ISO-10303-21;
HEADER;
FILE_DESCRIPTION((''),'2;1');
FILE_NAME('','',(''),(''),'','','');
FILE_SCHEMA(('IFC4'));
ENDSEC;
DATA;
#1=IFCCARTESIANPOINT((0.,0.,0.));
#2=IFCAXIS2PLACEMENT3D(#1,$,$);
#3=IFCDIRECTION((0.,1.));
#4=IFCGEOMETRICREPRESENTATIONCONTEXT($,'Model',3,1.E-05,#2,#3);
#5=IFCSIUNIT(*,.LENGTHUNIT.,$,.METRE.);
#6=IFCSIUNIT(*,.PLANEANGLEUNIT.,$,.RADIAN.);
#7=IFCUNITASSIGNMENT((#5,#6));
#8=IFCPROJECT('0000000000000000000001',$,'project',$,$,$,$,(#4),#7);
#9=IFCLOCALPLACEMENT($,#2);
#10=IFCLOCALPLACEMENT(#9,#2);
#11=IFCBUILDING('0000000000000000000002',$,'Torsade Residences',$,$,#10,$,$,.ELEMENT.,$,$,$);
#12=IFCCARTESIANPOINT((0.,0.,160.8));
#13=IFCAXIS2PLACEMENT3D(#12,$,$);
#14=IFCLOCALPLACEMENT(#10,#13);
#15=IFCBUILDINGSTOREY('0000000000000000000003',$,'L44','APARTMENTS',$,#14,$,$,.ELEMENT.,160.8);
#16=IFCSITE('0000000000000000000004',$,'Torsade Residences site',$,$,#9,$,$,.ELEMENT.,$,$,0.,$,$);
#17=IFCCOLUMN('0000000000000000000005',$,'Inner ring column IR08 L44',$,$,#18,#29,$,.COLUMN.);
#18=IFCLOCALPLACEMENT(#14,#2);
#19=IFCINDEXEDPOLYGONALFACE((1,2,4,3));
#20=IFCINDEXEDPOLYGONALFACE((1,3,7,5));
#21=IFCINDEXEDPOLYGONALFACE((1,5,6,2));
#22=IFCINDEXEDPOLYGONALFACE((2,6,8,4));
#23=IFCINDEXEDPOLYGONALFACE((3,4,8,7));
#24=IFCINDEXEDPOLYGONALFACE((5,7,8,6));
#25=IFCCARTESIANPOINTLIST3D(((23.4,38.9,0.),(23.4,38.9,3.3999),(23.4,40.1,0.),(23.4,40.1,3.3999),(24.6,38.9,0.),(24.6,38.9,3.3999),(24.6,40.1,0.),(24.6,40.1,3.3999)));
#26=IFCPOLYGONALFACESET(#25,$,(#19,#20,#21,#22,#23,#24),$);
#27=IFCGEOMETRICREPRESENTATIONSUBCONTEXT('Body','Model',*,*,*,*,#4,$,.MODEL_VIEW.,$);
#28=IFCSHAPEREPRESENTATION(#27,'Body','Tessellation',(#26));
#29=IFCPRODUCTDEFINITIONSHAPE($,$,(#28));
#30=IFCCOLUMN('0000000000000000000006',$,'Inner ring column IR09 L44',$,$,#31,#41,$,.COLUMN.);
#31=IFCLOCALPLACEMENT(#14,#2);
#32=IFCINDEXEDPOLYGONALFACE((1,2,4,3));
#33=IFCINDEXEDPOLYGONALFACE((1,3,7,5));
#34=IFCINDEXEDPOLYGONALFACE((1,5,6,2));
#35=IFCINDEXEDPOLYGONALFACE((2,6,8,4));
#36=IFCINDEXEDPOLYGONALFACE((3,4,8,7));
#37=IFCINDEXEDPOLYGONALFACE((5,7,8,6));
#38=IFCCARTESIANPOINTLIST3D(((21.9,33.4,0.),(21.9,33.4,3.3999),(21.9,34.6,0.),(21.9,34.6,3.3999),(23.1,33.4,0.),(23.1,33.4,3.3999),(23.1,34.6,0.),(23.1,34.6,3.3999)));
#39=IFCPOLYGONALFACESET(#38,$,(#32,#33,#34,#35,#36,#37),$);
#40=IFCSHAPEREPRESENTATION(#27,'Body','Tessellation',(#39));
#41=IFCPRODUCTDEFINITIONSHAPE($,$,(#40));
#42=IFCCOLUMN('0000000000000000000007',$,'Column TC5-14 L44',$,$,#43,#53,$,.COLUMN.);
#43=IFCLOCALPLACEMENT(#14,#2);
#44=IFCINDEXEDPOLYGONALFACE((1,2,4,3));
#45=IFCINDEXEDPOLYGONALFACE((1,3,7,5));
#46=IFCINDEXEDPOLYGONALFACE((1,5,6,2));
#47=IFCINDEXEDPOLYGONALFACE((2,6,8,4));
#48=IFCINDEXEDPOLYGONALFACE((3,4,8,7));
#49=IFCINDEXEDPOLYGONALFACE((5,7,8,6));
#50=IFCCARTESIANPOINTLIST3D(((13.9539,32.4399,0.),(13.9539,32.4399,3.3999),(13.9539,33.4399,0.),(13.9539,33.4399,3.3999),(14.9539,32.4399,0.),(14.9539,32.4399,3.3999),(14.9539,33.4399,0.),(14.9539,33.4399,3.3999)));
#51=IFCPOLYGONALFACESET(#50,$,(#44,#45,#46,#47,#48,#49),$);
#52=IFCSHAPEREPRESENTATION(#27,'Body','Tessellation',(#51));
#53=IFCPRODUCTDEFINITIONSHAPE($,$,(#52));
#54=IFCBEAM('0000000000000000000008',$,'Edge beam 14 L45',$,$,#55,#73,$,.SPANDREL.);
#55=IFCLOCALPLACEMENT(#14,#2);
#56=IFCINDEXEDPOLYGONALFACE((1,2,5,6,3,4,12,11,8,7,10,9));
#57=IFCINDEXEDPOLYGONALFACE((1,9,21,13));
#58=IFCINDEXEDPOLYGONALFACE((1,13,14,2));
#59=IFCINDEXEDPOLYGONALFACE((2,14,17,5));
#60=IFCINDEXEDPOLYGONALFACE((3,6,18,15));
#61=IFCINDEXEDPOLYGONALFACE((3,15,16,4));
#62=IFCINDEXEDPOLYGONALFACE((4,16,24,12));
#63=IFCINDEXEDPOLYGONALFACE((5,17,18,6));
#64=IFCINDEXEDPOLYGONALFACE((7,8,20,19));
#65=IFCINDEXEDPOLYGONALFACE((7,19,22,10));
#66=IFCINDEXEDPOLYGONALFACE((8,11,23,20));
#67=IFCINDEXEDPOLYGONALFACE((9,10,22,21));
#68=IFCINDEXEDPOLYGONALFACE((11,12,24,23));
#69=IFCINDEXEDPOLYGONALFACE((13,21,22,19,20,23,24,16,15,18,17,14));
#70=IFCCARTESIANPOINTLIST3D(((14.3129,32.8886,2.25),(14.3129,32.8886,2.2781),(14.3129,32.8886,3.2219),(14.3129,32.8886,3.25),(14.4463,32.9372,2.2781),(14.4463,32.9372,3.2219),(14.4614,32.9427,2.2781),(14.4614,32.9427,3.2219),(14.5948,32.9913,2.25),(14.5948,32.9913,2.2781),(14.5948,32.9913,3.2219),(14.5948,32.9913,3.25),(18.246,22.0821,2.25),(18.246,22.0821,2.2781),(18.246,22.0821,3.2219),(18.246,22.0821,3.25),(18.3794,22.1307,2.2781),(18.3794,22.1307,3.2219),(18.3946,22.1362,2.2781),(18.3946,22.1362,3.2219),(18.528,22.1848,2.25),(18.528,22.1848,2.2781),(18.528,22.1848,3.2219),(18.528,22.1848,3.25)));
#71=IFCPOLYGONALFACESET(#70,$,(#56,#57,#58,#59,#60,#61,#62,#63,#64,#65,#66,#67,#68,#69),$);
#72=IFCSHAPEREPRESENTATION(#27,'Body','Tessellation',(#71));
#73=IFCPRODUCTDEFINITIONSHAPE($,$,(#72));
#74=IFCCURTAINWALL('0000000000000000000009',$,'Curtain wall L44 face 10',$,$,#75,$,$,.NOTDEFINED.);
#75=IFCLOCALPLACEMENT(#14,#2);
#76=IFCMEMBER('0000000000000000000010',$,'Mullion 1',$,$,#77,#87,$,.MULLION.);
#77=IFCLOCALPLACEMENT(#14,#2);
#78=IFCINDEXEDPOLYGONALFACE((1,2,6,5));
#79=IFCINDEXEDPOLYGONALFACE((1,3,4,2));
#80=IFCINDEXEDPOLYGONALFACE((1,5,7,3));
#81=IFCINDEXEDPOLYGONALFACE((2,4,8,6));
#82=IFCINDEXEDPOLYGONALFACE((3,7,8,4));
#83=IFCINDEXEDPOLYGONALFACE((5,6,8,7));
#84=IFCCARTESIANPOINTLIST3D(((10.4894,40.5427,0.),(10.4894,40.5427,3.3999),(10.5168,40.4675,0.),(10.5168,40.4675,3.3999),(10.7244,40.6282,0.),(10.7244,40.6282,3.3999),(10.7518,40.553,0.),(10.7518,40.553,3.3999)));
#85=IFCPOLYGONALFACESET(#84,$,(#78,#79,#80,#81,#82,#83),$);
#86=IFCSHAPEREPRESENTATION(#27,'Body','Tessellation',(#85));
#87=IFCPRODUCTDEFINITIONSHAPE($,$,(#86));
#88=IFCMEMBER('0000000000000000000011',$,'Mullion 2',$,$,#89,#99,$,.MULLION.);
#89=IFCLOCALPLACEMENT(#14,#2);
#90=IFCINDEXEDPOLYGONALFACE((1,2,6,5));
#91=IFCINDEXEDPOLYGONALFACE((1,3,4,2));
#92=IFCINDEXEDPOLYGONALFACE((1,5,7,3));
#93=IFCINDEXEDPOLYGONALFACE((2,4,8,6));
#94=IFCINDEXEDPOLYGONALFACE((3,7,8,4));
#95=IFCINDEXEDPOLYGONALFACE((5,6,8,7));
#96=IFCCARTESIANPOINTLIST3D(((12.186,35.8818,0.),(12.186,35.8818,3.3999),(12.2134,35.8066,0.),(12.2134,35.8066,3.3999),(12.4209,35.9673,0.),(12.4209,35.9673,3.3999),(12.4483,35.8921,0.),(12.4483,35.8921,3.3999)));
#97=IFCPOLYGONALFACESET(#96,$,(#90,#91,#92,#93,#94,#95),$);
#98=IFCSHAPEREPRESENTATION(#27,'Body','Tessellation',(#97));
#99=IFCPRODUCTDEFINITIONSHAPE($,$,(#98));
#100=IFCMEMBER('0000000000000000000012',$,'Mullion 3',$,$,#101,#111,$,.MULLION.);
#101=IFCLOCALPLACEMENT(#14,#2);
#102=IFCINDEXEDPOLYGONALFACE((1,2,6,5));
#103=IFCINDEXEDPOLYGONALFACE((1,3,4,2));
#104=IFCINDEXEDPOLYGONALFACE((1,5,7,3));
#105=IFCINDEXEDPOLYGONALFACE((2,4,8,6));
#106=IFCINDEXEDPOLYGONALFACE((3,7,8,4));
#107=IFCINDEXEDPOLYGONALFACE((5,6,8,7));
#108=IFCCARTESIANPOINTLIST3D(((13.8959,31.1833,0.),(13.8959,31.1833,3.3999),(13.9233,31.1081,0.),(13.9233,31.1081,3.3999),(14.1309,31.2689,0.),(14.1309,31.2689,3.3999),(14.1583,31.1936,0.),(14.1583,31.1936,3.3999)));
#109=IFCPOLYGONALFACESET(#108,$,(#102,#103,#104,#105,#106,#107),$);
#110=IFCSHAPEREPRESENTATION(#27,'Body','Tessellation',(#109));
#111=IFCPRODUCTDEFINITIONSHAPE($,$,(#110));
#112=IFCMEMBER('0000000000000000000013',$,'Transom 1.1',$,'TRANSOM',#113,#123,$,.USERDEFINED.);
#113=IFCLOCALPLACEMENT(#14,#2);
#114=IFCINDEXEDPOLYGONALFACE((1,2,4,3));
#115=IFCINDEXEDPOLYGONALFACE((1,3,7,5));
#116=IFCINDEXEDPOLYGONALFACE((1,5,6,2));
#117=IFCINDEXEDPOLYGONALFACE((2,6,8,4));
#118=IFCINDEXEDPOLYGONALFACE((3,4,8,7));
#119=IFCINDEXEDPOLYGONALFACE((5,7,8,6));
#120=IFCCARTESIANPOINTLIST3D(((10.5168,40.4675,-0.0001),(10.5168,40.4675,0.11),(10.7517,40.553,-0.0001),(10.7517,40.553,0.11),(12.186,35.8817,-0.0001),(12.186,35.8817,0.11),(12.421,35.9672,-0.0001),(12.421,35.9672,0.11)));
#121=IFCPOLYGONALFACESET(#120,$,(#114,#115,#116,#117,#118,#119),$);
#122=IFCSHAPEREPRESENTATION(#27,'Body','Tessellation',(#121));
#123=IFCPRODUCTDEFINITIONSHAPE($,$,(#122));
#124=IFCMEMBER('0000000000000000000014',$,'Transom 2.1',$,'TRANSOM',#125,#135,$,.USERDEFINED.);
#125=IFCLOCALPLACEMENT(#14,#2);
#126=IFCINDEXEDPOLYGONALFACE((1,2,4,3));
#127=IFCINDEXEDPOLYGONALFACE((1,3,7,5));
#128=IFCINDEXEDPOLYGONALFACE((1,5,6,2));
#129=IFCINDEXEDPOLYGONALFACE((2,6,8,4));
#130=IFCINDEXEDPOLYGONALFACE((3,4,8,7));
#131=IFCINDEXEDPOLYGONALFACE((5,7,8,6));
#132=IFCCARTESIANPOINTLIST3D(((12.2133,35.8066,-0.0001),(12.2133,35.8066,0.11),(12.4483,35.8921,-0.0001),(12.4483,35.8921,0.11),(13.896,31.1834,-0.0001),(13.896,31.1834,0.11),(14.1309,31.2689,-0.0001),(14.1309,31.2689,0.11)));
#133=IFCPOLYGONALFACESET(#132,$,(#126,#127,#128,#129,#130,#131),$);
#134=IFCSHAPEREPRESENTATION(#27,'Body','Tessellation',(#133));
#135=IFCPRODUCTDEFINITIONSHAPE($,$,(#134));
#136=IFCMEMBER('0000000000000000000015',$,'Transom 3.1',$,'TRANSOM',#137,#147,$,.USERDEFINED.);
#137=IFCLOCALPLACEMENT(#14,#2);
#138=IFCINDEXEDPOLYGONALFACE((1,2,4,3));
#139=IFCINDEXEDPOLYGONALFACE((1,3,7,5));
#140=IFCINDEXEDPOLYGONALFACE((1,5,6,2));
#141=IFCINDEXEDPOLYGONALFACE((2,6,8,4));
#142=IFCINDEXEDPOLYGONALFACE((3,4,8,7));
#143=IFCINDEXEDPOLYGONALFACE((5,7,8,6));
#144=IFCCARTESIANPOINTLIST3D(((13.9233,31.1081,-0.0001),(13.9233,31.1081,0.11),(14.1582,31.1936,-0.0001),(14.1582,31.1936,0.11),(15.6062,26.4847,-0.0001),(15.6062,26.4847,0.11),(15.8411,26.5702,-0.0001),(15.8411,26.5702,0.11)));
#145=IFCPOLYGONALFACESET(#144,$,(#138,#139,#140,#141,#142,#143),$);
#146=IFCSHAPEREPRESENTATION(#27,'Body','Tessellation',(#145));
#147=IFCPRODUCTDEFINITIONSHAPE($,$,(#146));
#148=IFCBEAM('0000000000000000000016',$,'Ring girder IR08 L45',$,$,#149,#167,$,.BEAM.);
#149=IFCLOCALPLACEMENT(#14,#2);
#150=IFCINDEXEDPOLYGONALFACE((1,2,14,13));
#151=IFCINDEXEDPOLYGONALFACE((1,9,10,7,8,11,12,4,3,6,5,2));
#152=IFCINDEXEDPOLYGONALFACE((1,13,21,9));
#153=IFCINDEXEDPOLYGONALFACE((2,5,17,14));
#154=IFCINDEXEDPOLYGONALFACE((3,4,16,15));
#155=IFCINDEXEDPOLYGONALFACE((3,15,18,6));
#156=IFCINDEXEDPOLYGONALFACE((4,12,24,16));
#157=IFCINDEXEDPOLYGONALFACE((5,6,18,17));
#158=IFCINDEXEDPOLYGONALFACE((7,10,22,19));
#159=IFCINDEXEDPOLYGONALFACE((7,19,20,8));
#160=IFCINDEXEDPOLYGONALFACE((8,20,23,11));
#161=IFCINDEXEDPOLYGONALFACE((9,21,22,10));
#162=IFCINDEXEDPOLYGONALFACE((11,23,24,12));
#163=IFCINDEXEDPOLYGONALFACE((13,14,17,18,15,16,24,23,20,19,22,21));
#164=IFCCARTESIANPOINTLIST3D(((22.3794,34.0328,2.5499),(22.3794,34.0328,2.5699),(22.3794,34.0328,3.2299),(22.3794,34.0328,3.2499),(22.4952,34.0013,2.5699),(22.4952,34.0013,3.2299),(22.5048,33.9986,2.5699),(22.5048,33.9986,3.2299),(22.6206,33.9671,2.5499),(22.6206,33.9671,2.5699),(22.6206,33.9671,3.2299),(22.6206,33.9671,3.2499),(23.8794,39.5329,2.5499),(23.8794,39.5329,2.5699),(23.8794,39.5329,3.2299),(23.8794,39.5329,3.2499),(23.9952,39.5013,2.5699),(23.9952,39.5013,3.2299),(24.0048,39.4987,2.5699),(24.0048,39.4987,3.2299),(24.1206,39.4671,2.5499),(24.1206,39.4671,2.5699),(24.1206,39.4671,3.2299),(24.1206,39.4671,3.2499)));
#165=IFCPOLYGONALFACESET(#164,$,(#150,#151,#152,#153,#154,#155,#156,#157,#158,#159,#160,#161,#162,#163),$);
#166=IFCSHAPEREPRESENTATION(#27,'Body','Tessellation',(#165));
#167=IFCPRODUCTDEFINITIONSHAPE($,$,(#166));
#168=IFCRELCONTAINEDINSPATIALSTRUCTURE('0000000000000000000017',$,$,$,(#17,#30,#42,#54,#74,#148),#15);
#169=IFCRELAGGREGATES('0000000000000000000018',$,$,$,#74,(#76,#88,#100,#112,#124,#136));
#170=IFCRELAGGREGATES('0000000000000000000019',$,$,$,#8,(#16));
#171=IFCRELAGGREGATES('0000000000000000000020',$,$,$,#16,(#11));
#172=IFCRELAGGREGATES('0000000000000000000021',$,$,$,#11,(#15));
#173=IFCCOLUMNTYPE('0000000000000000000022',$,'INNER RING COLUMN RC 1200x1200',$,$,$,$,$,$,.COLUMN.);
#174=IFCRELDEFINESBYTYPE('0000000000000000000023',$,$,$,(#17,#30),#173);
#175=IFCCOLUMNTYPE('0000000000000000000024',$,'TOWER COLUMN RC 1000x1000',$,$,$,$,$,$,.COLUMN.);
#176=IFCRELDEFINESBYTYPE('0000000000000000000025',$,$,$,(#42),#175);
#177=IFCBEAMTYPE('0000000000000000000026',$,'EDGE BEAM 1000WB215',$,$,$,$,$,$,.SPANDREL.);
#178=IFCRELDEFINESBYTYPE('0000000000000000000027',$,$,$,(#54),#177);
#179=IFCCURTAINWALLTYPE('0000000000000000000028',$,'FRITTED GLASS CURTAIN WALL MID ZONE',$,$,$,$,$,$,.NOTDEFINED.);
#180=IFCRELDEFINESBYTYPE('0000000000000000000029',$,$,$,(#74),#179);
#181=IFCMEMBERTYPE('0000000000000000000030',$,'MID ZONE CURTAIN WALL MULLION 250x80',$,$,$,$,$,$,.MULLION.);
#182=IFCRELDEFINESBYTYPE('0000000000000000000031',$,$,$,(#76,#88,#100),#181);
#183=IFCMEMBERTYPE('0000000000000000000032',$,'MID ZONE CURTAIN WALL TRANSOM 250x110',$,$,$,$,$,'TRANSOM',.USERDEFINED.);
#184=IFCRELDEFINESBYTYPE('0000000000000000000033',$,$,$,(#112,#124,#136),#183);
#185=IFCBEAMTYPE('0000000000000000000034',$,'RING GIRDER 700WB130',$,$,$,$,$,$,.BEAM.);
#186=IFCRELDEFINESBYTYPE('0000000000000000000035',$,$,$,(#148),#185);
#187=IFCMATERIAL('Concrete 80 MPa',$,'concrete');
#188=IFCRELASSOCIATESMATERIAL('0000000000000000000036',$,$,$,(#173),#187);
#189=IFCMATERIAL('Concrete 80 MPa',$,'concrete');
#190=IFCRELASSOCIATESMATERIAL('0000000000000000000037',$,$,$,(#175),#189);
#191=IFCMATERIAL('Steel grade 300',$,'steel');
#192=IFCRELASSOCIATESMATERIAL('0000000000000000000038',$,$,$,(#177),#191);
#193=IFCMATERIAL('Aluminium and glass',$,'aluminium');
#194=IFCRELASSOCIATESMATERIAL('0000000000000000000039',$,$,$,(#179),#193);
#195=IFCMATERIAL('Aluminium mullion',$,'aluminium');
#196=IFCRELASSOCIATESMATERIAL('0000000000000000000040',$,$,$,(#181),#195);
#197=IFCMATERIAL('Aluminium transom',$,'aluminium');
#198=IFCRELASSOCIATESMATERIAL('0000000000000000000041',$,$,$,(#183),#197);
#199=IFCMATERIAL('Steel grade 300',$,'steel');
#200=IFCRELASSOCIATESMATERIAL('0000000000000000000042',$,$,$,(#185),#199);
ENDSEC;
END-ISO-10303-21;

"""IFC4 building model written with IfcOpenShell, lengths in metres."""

from ifc_helpers import new_model, si_unit, direction, frame, origin, origin_2d, place, context, subcontext, project, spatial, rectangle, i_section, extrude, material, material_profile, profile_set, type_object, element, aggregate, save


model = new_model("IFC4")

# Units and contexts
model_context = context("Model", 3, precision=1e-05, world=origin(), true_north=direction((0.0, 1.0)))
body_context = subcontext(model_context, "Body", "Model", "MODEL_VIEW")
ifc_project = project(units=[si_unit("LENGTHUNIT", "METRE"), si_unit("PLANEANGLEUNIT", "RADIAN")], contexts=[model_context])

# Site, building, storey
site_placement = place(None, origin())
site = spatial("IfcSite", under=ifc_project, at=site_placement, Name="Torsade Residences site", CompositionType="ELEMENT", RefElevation=0.0)
building_placement = place(site_placement, origin())
building = spatial("IfcBuilding", under=site, at=building_placement, Name="Torsade Residences", CompositionType="ELEMENT")
storey_placement = place(building_placement, frame((0.0, 0.0, 160.8)))
storey = spatial("IfcBuildingStorey", under=building, at=storey_placement, Name="L44", Description="APARTMENTS", CompositionType="ELEMENT", Elevation=160.8)

# Columns
ifc_material_1 = material(Name="Concrete 80 MPa", Category="concrete")
ifc_material_profile_1 = material_profile(ifc_material_1, rectangle(XDim=1.2, YDim=1.2, at=origin_2d()), Name="RC 1200x1200")
ifc_profile_set_1 = profile_set([ifc_material_profile_1], Name="Concrete 80 MPa")
column_type_1 = type_object("IfcColumnType", Name="INNER RING COLUMN RC 1200x1200", PredefinedType="COLUMN", material=ifc_profile_set_1)
for number, where, z_axis, x_axis, name in (
    (1, (24.0, 39.5, 0.0), (0.0, 0.0, 1.0), (1.0, 0.0, 0.0), "Inner ring column IR08 L44"),
    (2, (22.5, 34.0, 0.0), (0.0, 0.0, 1.0), (1.0, 0.0, 0.0), "Inner ring column IR09 L44"),
):
    element("IfcColumn", number, at=place(storey_placement, frame(where, z_axis=z_axis, x_axis=x_axis)), inside=storey, type_object=column_type_1, Name=name, PredefinedType="COLUMN", context=body_context, shape_type="SweptSolid", body=[
        extrude(rectangle(XDim=1.2, YDim=1.2, at=origin_2d()), origin(), (0.0, 0.0, 1.0), 3.3999),
    ])
ifc_material_2 = material(Name="Concrete 80 MPa", Category="concrete")
ifc_material_profile_2 = material_profile(ifc_material_2, rectangle(XDim=1.0, YDim=1.0, at=origin_2d()), Name="RC 1000x1000")
ifc_profile_set_2 = profile_set([ifc_material_profile_2], Name="Concrete 80 MPa")
column_type_2 = type_object("IfcColumnType", Name="TOWER COLUMN RC 1000x1000", PredefinedType="COLUMN", material=ifc_profile_set_2)
column_placement = place(storey_placement, frame((14.4539, 32.9399, 0.0), z_axis=(0.0, 0.0, 1.0), x_axis=(1.0, 0.0, 0.0)))
element("IfcColumn", 3, at=column_placement, inside=storey, type_object=column_type_2, Name="Column TC5-14 L44", PredefinedType="COLUMN", context=body_context, shape_type="SweptSolid", body=[
    extrude(rectangle(XDim=1.0, YDim=1.0, at=origin_2d()), origin(), (0.0, 0.0, 1.0), 3.3999),
])

# Beam
ifc_material_3 = material(Name="Steel grade 300", Category="steel")
ifc_material_profile_3 = material_profile(ifc_material_3, i_section(OverallWidth=0.3, OverallDepth=1.0, WebThickness=0.0161, FlangeThickness=0.0281, at=origin_2d()), Name="1000WB215")
ifc_profile_set_3 = profile_set([ifc_material_profile_3], Name="Steel grade 300")
beam_type_1 = type_object("IfcBeamType", Name="EDGE BEAM 1000WB215", PredefinedType="SPANDREL", material=ifc_profile_set_3)
beam_1_placement = place(storey_placement, frame((14.4539, 32.9399, 2.75), z_axis=(0.342012, -0.939695, 0.0), x_axis=(0.939695, 0.342012, 0.0)))
element("IfcBeam", 4, at=beam_1_placement, inside=storey, type_object=beam_type_1, Name="Edge beam 14 L45", PredefinedType="SPANDREL", context=body_context, shape_type="SweptSolid", body=[
    extrude(i_section(OverallWidth=0.3, OverallDepth=1.0, WebThickness=0.0161, FlangeThickness=0.0281, at=origin_2d()), origin(), (0.0, 0.0, 1.0), 11.5),
])

# Curtain wall, members
ifc_material_4 = material(Name="Aluminium and glass", Category="aluminium")
curtain_wall_type = type_object("IfcCurtainWallType", Name="FRITTED GLASS CURTAIN WALL MID ZONE", PredefinedType="NOTDEFINED", material=ifc_material_4)
curtain_wall_placement = place(storey_placement, origin())
curtain_wall = element("IfcCurtainWall", 5, at=curtain_wall_placement, inside=storey, type_object=curtain_wall_type, Name="Curtain wall L44 face 10", PredefinedType="NOTDEFINED")
ifc_material_5 = material(Name="Aluminium mullion", Category="aluminium")
ifc_material_profile_4 = material_profile(ifc_material_5, rectangle(XDim=0.25, YDim=0.0801, at=origin_2d()), Name="MID ZONE CURTAIN WALL MULLION 250x80")
ifc_profile_set_4 = profile_set([ifc_material_profile_4], Name="Aluminium mullion")
member_type_1 = type_object("IfcMemberType", Name="MID ZONE CURTAIN WALL MULLION 250x80", PredefinedType="MULLION", material=ifc_profile_set_4)
member_1_placement = place(storey_placement, frame((10.6206, 40.5479, 0.0), z_axis=(0.0, 0.0, 1.0), x_axis=(0.939693, 0.34202, 0.0)))
member_1 = element("IfcMember", 6, at=member_1_placement, type_object=member_type_1, Name="Mullion 1", PredefinedType="MULLION", context=body_context, shape_type="SweptSolid", body=[
    extrude(rectangle(XDim=0.25, YDim=0.0801, at=origin_2d()), origin(), (0.0, 0.0, 1.0), 3.3999),
])
member_2_placement = place(storey_placement, frame((12.3171, 35.887, 0.0), z_axis=(0.0, 0.0, 1.0), x_axis=(0.939693, 0.34202, 0.0)))
member_2 = element("IfcMember", 7, at=member_2_placement, type_object=member_type_1, Name="Mullion 2", PredefinedType="MULLION", context=body_context, shape_type="SweptSolid", body=[
    extrude(rectangle(XDim=0.25, YDim=0.0801, at=origin_2d()), origin(), (0.0, 0.0, 1.0), 3.3999),
])
member_3_placement = place(storey_placement, frame((14.0271, 31.1885, 0.0), z_axis=(0.0, 0.0, 1.0), x_axis=(0.939693, 0.34202, 0.0)))
member_3 = element("IfcMember", 8, at=member_3_placement, type_object=member_type_1, Name="Mullion 3", PredefinedType="MULLION", context=body_context, shape_type="SweptSolid", body=[
    extrude(rectangle(XDim=0.25, YDim=0.0801, at=origin_2d()), origin(), (0.0, 0.0, 1.0), 3.3999),
])
ifc_material_6 = material(Name="Aluminium transom", Category="aluminium")
ifc_material_profile_5 = material_profile(ifc_material_6, rectangle(XDim=0.25, YDim=0.1101, at=origin_2d()), Name="MID ZONE CURTAIN WALL TRANSOM 250x110")
ifc_profile_set_5 = profile_set([ifc_material_profile_5], Name="Aluminium transom")
member_type_2 = type_object("IfcMemberType", Name="MID ZONE CURTAIN WALL TRANSOM 250x110", ElementType="TRANSOM", PredefinedType="USERDEFINED", material=ifc_profile_set_5)
member_4_placement = place(storey_placement, frame((10.6343, 40.5103, 0.0549), z_axis=(0.342044, -0.939684, 0.0), x_axis=(0.939684, 0.342044, 0.0)))
member_4 = element("IfcMember", 9, at=member_4_placement, type_object=member_type_2, Name="Transom 1.1", ObjectType="TRANSOM", PredefinedType="USERDEFINED", context=body_context, shape_type="SweptSolid", body=[
    extrude(rectangle(XDim=0.25, YDim=0.1101, at=origin_2d()), origin(), (0.0, 0.0, 1.0), 4.8801),
])
member_5_placement = place(storey_placement, frame((12.3308, 35.8494, 0.0549), z_axis=(0.341998, -0.939701, 0.0), x_axis=(0.939701, 0.341998, 0.0)))
member_5 = element("IfcMember", 10, at=member_5_placement, type_object=member_type_2, Name="Transom 2.1", ObjectType="TRANSOM", PredefinedType="USERDEFINED", context=body_context, shape_type="SweptSolid", body=[
    extrude(rectangle(XDim=0.25, YDim=0.1101, at=origin_2d()), origin(), (0.0, 0.0, 1.0), 4.9199),
])
member_6_placement = place(storey_placement, frame((14.0408, 31.1509, 0.0549), z_axis=(0.342042, -0.939685, 0.0), x_axis=(0.939685, 0.342042, 0.0)))
member_6 = element("IfcMember", 11, at=member_6_placement, type_object=member_type_2, Name="Transom 3.1", ObjectType="TRANSOM", PredefinedType="USERDEFINED", context=body_context, shape_type="SweptSolid", body=[
    extrude(rectangle(XDim=0.25, YDim=0.1101, at=origin_2d()), origin(), (0.0, 0.0, 1.0), 4.9202),
])

# Beam
ifc_material_7 = material(Name="Steel grade 300", Category="steel")
ifc_material_profile_6 = material_profile(ifc_material_7, i_section(OverallWidth=0.25, OverallDepth=0.7, WebThickness=0.01, FlangeThickness=0.02, at=origin_2d()), Name="700WB130")
ifc_profile_set_6 = profile_set([ifc_material_profile_6], Name="Steel grade 300")
beam_type_2 = type_object("IfcBeamType", Name="RING GIRDER 700WB130", PredefinedType="BEAM", material=ifc_profile_set_6)
beam_2_placement = place(storey_placement, frame((24.0, 39.5, 2.8999), z_axis=(-0.263117, -0.964764, 0.0), x_axis=(0.964764, -0.263117, 0.0)))
element("IfcBeam", 12, at=beam_2_placement, inside=storey, type_object=beam_type_2, Name="Ring girder IR08 L45", PredefinedType="BEAM", context=body_context, shape_type="SweptSolid", body=[
    extrude(i_section(OverallWidth=0.25, OverallDepth=0.7, WebThickness=0.01, FlangeThickness=0.02, at=origin_2d()), origin(), (0.0, 0.0, 1.0), 5.7009),
])

aggregate(curtain_wall, [member_1, member_2, member_3, member_4, member_5, member_6])

save(model, "model.ifc")
